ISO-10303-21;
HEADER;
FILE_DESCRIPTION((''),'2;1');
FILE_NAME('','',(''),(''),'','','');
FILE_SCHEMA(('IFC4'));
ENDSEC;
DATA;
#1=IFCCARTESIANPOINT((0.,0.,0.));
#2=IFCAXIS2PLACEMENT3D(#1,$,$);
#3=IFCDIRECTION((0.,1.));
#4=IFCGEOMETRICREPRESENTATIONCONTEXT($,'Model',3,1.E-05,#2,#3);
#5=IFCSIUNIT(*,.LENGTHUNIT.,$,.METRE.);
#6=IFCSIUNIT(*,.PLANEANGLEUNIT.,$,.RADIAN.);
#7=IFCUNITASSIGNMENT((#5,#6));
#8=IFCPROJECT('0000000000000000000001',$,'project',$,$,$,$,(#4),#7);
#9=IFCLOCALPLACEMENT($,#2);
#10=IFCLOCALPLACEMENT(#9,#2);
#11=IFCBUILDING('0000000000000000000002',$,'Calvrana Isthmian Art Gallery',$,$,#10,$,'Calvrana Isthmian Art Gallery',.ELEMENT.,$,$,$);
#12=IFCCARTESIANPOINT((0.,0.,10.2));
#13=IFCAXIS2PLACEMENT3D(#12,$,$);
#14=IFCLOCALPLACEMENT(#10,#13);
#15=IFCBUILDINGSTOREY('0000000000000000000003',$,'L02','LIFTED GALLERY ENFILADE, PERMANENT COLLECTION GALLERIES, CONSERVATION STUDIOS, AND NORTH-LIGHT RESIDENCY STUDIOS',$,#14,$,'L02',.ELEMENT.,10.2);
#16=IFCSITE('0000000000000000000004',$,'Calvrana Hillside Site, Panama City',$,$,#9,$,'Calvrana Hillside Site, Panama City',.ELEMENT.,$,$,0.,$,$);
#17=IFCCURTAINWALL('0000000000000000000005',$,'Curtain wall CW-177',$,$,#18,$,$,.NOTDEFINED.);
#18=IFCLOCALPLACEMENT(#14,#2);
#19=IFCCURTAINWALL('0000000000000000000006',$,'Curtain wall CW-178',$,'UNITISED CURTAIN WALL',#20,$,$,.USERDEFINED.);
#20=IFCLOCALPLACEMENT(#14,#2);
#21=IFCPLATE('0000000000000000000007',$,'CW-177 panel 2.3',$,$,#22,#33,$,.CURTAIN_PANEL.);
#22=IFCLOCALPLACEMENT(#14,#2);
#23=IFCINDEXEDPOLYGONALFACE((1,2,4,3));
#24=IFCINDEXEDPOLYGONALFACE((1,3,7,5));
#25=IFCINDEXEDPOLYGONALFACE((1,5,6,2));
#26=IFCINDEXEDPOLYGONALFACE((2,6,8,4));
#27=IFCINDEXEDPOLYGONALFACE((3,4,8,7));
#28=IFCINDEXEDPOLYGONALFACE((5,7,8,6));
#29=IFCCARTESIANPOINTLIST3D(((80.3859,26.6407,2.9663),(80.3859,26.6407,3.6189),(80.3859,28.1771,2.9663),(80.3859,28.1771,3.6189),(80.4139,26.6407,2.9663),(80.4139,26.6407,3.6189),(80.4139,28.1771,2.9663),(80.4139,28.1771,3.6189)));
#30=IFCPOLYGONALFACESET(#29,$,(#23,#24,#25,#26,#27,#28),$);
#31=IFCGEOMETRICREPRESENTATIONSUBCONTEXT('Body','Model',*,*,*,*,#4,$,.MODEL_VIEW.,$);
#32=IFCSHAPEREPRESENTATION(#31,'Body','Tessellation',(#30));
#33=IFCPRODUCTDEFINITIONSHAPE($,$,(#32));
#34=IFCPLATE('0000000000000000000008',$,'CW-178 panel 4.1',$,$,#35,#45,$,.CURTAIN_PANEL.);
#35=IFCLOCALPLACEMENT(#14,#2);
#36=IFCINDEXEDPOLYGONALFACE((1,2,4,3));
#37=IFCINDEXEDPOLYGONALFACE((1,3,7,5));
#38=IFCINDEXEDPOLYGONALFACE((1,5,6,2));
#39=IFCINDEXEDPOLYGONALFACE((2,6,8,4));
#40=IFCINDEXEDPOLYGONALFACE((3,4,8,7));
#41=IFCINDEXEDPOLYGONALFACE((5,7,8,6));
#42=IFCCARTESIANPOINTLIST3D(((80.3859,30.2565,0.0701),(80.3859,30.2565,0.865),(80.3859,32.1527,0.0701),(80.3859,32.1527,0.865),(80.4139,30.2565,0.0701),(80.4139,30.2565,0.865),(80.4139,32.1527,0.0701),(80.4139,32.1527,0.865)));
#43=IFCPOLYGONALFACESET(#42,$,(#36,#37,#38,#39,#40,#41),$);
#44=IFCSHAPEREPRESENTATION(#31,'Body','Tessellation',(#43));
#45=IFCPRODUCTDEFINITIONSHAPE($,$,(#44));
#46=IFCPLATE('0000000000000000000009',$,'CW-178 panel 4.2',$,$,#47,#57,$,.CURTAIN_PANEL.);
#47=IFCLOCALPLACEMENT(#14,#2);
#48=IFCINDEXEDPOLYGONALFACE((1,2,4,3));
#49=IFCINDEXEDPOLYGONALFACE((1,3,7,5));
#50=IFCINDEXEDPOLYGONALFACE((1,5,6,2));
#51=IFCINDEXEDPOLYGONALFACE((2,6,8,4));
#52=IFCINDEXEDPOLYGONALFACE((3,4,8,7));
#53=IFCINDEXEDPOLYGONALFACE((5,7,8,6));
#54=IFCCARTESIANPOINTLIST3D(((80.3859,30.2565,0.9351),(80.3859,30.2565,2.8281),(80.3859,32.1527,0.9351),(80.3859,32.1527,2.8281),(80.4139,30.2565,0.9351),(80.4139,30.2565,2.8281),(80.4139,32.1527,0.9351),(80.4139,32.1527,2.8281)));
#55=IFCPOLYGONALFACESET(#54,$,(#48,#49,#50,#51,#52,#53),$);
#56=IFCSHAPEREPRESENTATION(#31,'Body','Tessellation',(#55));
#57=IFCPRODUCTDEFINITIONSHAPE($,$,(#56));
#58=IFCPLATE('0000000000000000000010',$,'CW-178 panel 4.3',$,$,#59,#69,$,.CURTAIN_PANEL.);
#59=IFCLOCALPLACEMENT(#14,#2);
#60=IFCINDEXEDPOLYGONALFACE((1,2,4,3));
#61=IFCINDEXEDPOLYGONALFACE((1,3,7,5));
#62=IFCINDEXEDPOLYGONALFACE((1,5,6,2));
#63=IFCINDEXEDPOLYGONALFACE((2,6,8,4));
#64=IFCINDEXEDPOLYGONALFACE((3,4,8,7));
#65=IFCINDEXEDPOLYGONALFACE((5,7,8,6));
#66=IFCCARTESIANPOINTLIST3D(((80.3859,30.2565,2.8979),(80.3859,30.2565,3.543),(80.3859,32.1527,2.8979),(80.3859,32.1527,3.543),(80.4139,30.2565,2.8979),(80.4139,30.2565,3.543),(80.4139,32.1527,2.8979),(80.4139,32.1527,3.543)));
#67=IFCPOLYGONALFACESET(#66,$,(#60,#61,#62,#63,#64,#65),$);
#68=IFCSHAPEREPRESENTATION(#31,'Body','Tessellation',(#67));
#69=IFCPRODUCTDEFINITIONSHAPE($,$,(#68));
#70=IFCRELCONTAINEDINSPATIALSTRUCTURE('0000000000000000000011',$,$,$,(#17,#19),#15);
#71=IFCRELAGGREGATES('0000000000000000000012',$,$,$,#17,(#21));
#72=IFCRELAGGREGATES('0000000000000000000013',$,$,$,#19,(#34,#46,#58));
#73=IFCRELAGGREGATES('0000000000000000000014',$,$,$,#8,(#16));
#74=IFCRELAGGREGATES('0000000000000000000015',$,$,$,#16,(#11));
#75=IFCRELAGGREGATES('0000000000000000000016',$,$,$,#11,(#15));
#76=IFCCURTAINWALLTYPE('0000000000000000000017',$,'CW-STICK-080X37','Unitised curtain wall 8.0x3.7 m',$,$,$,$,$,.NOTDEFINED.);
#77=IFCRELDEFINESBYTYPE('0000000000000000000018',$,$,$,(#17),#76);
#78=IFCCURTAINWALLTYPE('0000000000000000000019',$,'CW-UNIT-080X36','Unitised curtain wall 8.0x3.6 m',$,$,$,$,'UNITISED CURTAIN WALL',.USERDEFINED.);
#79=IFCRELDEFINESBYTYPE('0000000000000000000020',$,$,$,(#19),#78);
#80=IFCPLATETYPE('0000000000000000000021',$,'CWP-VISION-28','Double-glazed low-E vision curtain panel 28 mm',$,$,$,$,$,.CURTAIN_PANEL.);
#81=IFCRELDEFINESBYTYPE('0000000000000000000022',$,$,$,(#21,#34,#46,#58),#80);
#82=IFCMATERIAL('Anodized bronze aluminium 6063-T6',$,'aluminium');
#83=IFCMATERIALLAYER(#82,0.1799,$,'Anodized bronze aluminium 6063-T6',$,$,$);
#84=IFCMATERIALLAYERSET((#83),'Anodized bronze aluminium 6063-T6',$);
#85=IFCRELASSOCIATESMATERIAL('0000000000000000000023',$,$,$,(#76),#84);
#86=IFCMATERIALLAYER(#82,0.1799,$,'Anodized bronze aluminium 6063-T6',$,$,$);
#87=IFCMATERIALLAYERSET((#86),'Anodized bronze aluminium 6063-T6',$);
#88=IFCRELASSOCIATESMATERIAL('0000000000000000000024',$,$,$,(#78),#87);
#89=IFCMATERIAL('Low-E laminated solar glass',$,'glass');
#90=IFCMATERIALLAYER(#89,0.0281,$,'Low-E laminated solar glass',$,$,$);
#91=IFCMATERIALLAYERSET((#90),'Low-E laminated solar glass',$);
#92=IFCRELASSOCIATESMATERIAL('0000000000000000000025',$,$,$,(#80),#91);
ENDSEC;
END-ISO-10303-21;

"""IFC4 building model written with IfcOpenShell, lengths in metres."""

from ifc_helpers import new_model, si_unit, direction, frame, origin, origin_2d, place, context, subcontext, project, spatial, rectangle, extrude, material, layer, layer_set, type_object, element, aggregate, save


model = new_model("IFC4")

# Units and contexts
model_context = context("Model", 3, precision=1e-05, world=origin(), true_north=direction((0.0, 1.0)))
body_context = subcontext(model_context, "Body", "Model", "MODEL_VIEW")
ifc_project = project(units=[si_unit("LENGTHUNIT", "METRE"), si_unit("PLANEANGLEUNIT", "RADIAN")], contexts=[model_context])

# Site, building, storey
site_placement = place(None, origin())
site = spatial("IfcSite", under=ifc_project, at=site_placement, Name="Calvrana Hillside Site, Panama City", LongName="Calvrana Hillside Site, Panama City", CompositionType="ELEMENT", RefElevation=0.0)
building_placement = place(site_placement, origin())
building = spatial("IfcBuilding", under=site, at=building_placement, Name="Calvrana Isthmian Art Gallery", LongName="Calvrana Isthmian Art Gallery", CompositionType="ELEMENT")
storey_placement = place(building_placement, frame((0.0, 0.0, 10.2)))
storey = spatial("IfcBuildingStorey", under=building, at=storey_placement, Name="L02", Description="LIFTED GALLERY ENFILADE, PERMANENT COLLECTION GALLERIES, CONSERVATION STUDIOS, AND NORTH-LIGHT RESIDENCY STUDIOS", LongName="L02", CompositionType="ELEMENT", Elevation=10.2)

# Curtain wall
ifc_material_1 = material(Name="Anodized bronze aluminium 6063-T6", Category="aluminium")
ifc_layer_1 = layer(ifc_material_1, 0.1799, Name="Anodized bronze aluminium 6063-T6")
ifc_layer_set_1 = layer_set([ifc_layer_1], Name="Anodized bronze aluminium 6063-T6")
curtain_wall_type_1 = type_object("IfcCurtainWallType", Name="CW-STICK-080X37", Description="Unitised curtain wall 8.0x3.7 m", PredefinedType="NOTDEFINED", material=ifc_layer_set_1)
curtain_wall_1_placement = place(storey_placement, origin())
curtain_wall_1 = element("IfcCurtainWall", 1, at=curtain_wall_1_placement, inside=storey, type_object=curtain_wall_type_1, Name="Curtain wall CW-177", PredefinedType="NOTDEFINED")

# Curtain wall
ifc_layer_2 = layer(ifc_material_1, 0.1799, Name="Anodized bronze aluminium 6063-T6")
ifc_layer_set_2 = layer_set([ifc_layer_2], Name="Anodized bronze aluminium 6063-T6")
curtain_wall_type_2 = type_object("IfcCurtainWallType", Name="CW-UNIT-080X36", Description="Unitised curtain wall 8.0x3.6 m", ElementType="UNITISED CURTAIN WALL", PredefinedType="USERDEFINED", material=ifc_layer_set_2)
curtain_wall_2_placement = place(storey_placement, origin())
curtain_wall_2 = element("IfcCurtainWall", 2, at=curtain_wall_2_placement, inside=storey, type_object=curtain_wall_type_2, Name="Curtain wall CW-178", ObjectType="UNITISED CURTAIN WALL", PredefinedType="USERDEFINED")

# Plates
ifc_material_2 = material(Name="Low-E laminated solar glass", Category="glass")
ifc_layer_3 = layer(ifc_material_2, 0.0281, Name="Low-E laminated solar glass")
ifc_layer_set_3 = layer_set([ifc_layer_3], Name="Low-E laminated solar glass")
plate_type = type_object("IfcPlateType", Name="CWP-VISION-28", Description="Double-glazed low-E vision curtain panel 28 mm", PredefinedType="CURTAIN_PANEL", material=ifc_layer_set_3)
plate_1_placement = place(storey_placement, frame((80.3999, 27.4089, 2.9663), z_axis=(0.0, 0.0, 1.0), x_axis=(0.0, -1.0, 0.0)))
plate_1 = element("IfcPlate", 3, at=plate_1_placement, type_object=plate_type, Name="CW-177 panel 2.3", PredefinedType="CURTAIN_PANEL", context=body_context, shape_type="SweptSolid", body=[
    extrude(rectangle(XDim=1.5364, YDim=0.0281, at=origin_2d()), origin(), (0.0, 0.0, 1.0), 0.6526),
])
aggregate(curtain_wall_1, [plate_1])
plate_2_placement = place(storey_placement, frame((80.3999, 31.2046, 0.0701), z_axis=(0.0, 0.0, 1.0), x_axis=(0.0, -1.0, 0.0)))
plate_2 = element("IfcPlate", 4, at=plate_2_placement, type_object=plate_type, Name="CW-178 panel 4.1", PredefinedType="CURTAIN_PANEL", context=body_context, shape_type="SweptSolid", body=[
    extrude(rectangle(XDim=1.8962, YDim=0.0281, at=origin_2d()), origin(), (0.0, 0.0, 1.0), 0.7949),
])
plate_3_placement = place(storey_placement, frame((80.3999, 31.2046, 0.9351), z_axis=(0.0, 0.0, 1.0), x_axis=(0.0, -1.0, 0.0)))
plate_3 = element("IfcPlate", 5, at=plate_3_placement, type_object=plate_type, Name="CW-178 panel 4.2", PredefinedType="CURTAIN_PANEL", context=body_context, shape_type="SweptSolid", body=[
    extrude(rectangle(XDim=1.8962, YDim=0.0281, at=origin_2d()), origin(), (0.0, 0.0, 1.0), 1.8931),
])
plate_4_placement = place(storey_placement, frame((80.3999, 31.2046, 2.8979), z_axis=(0.0, 0.0, 1.0), x_axis=(0.0, -1.0, 0.0)))
plate_4 = element("IfcPlate", 6, at=plate_4_placement, type_object=plate_type, Name="CW-178 panel 4.3", PredefinedType="CURTAIN_PANEL", context=body_context, shape_type="SweptSolid", body=[
    extrude(rectangle(XDim=1.8962, YDim=0.0281, at=origin_2d()), origin(), (0.0, 0.0, 1.0), 0.645),
])
aggregate(curtain_wall_2, [plate_2, plate_3, plate_4])

save(model, "model.ifc")
